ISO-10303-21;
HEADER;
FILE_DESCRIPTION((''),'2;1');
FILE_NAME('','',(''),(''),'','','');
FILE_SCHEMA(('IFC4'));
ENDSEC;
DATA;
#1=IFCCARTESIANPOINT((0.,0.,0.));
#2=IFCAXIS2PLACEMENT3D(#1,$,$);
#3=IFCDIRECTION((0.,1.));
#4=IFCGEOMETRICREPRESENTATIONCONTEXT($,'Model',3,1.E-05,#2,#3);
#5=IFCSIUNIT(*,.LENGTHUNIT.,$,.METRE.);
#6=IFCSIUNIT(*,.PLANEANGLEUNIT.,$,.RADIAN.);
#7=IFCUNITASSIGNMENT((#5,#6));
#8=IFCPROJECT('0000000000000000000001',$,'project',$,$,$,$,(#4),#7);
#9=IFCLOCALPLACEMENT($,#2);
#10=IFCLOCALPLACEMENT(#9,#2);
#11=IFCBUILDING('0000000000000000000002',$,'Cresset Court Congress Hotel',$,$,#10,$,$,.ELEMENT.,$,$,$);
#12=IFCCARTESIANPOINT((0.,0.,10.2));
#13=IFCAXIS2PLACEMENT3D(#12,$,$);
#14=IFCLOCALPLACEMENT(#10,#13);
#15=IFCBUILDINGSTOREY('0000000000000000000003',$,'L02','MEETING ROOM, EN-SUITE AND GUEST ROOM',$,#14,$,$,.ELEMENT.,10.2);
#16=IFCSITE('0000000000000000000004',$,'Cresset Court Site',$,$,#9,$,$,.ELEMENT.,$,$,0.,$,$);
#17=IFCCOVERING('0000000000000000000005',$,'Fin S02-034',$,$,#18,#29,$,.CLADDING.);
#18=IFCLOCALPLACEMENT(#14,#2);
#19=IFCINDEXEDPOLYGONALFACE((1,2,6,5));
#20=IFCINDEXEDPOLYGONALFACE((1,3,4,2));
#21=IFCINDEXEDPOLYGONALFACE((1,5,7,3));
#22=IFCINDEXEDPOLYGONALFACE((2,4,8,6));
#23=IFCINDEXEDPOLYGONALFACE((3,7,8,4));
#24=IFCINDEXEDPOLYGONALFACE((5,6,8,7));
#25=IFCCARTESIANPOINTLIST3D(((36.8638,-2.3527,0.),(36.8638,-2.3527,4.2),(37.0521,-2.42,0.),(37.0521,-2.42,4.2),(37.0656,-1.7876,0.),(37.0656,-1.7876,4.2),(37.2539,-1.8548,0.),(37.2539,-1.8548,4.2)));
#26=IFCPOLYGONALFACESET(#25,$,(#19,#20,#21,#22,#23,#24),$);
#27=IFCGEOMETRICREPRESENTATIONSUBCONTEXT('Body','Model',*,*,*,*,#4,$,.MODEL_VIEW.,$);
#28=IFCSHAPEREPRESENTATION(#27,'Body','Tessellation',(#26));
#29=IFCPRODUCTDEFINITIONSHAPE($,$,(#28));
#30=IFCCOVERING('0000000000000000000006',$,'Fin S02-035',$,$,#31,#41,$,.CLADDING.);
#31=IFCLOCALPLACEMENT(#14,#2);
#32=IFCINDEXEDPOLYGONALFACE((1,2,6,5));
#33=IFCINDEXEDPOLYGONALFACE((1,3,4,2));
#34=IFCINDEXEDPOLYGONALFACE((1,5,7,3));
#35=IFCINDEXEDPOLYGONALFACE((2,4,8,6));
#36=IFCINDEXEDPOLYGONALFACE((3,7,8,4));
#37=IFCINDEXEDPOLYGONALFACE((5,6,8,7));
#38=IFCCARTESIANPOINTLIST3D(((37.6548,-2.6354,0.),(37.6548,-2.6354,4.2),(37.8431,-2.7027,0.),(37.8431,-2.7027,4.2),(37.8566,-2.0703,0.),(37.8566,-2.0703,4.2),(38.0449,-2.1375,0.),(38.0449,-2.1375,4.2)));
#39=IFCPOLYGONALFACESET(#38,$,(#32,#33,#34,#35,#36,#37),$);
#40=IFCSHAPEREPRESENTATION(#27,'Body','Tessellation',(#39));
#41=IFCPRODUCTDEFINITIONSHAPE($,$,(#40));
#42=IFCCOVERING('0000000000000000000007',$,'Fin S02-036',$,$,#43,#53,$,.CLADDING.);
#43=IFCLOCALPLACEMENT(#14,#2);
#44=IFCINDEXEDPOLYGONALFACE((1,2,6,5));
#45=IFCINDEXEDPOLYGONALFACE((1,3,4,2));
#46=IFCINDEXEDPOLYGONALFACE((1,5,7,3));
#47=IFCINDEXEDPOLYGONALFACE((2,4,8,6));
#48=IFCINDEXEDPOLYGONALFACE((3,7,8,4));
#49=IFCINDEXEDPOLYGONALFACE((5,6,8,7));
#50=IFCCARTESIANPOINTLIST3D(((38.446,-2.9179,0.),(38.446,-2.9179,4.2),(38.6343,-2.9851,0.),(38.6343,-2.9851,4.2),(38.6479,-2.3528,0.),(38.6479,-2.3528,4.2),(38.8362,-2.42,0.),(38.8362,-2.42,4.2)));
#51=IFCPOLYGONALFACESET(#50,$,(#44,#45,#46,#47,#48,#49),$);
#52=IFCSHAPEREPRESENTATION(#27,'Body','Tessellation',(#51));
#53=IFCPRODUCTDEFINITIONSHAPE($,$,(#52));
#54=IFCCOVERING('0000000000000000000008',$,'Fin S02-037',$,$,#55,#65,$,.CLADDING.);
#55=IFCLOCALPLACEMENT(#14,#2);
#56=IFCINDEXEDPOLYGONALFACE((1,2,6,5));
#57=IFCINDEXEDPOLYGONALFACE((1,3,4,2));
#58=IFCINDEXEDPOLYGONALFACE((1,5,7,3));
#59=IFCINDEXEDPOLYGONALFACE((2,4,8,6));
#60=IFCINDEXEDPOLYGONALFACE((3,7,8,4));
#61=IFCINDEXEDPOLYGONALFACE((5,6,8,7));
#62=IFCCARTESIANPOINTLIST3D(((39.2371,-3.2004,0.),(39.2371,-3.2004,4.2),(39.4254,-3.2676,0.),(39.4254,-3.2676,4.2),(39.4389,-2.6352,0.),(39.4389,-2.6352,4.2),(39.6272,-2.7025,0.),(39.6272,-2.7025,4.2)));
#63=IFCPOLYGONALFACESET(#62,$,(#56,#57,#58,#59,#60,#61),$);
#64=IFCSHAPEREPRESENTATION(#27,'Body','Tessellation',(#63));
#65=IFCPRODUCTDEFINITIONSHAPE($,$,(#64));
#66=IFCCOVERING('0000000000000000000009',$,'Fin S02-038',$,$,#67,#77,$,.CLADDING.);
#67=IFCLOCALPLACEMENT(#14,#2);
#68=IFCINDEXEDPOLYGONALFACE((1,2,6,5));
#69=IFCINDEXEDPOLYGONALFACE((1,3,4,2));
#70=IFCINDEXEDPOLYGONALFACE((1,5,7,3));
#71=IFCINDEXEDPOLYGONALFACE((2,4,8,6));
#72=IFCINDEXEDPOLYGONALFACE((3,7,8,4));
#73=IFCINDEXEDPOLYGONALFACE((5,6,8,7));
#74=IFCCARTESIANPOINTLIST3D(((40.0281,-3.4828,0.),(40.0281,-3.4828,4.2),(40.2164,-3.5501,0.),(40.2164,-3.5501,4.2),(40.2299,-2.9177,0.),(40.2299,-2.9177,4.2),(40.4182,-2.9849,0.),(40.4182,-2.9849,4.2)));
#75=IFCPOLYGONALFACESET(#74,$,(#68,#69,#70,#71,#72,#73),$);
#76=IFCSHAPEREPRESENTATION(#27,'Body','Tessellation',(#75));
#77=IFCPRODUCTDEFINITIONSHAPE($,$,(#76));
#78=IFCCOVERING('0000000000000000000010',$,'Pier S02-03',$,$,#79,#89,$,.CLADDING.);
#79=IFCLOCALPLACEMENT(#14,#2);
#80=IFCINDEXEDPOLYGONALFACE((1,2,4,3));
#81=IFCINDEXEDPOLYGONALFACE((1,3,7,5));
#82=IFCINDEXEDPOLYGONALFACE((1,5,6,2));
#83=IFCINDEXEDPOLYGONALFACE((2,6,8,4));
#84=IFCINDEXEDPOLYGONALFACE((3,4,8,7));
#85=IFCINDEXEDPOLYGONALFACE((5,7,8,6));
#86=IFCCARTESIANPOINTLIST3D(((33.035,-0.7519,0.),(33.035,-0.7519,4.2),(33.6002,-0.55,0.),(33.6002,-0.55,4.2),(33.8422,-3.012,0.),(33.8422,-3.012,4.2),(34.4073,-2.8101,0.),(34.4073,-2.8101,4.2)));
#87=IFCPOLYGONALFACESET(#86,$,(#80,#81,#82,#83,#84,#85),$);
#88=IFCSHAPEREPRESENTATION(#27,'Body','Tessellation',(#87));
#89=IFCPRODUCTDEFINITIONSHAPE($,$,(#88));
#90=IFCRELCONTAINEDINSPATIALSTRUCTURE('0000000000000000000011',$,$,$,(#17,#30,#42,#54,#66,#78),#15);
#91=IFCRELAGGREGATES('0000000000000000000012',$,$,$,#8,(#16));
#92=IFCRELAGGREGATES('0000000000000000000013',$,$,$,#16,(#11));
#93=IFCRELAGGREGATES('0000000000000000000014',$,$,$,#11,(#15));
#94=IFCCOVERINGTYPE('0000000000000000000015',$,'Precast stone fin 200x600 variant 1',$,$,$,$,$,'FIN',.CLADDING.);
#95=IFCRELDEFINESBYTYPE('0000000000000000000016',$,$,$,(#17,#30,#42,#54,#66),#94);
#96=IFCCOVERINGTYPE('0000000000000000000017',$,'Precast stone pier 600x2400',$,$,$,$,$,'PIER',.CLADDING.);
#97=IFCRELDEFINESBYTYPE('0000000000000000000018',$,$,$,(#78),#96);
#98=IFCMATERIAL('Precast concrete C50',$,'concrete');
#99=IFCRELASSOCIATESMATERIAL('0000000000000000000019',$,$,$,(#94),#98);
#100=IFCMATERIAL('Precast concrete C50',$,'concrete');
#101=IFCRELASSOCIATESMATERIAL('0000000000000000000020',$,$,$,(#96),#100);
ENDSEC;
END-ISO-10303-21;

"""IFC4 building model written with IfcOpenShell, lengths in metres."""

from ifc_helpers import new_model, si_unit, direction, frame, origin, origin_2d, place, context, subcontext, project, spatial, rectangle, extrude, material, type_object, element, save


model = new_model("IFC4")

# Units and contexts
model_context = context("Model", 3, precision=1e-05, world=origin(), true_north=direction((0.0, 1.0)))
body_context = subcontext(model_context, "Body", "Model", "MODEL_VIEW")
ifc_project = project(units=[si_unit("LENGTHUNIT", "METRE"), si_unit("PLANEANGLEUNIT", "RADIAN")], contexts=[model_context])

# Site, building, storey
site_placement = place(None, origin())
site = spatial("IfcSite", under=ifc_project, at=site_placement, Name="Cresset Court Site", CompositionType="ELEMENT", RefElevation=0.0)
building_placement = place(site_placement, origin())
building = spatial("IfcBuilding", under=site, at=building_placement, Name="Cresset Court Congress Hotel", CompositionType="ELEMENT")
storey_placement = place(building_placement, frame((0.0, 0.0, 10.2)))
storey = spatial("IfcBuildingStorey", under=building, at=storey_placement, Name="L02", Description="MEETING ROOM, EN-SUITE AND GUEST ROOM", CompositionType="ELEMENT", Elevation=10.2)

# Coverings
ifc_material_1 = material(Name="Precast concrete C50", Category="concrete")
covering_type_1 = type_object("IfcCoveringType", Name="Precast stone fin 200x600 variant 1", ElementType="FIN", PredefinedType="CLADDING", material=ifc_material_1)
for number, where, z_axis, x_axis, name in (
    (1, (37.0588, -2.1038, 0.0), (0.0, 0.0, 1.0), (0.941742, -0.336336, 0.0), "Fin S02-034"),
    (2, (37.8499, -2.3865, 0.0), (0.0, 0.0, 1.0), (0.941742, -0.336336, 0.0), "Fin S02-035"),
    (3, (38.6411, -2.6689, 0.0), (0.0, 0.0, 1.0), (0.941742, -0.336336, 0.0), "Fin S02-036"),
    (4, (39.4321, -2.9514, 0.0), (0.0, 0.0, 1.0), (0.941742, -0.336336, 0.0), "Fin S02-037"),
    (5, (40.2231, -3.2339, 0.0), (0.0, 0.0, 1.0), (0.941742, -0.336336, 0.0), "Fin S02-038"),
):
    element("IfcCovering", number, at=place(storey_placement, frame(where, z_axis=z_axis, x_axis=x_axis)), inside=storey, type_object=covering_type_1, Name=name, PredefinedType="CLADDING", context=body_context, shape_type="SweptSolid", body=[
        extrude(rectangle(XDim=0.2, YDim=0.6001, at=origin_2d()), origin(), (0.0, 0.0, 1.0), 4.2),
    ])
ifc_material_2 = material(Name="Precast concrete C50", Category="concrete")
covering_type_2 = type_object("IfcCoveringType", Name="Precast stone pier 600x2400", ElementType="PIER", PredefinedType="CLADDING", material=ifc_material_2)
covering_placement = place(storey_placement, frame((33.7212, -1.781, 0.0), z_axis=(0.0, 0.0, 1.0), x_axis=(0.941742, 0.336336, 0.0)))
element("IfcCovering", 6, at=covering_placement, inside=storey, type_object=covering_type_2, Name="Pier S02-03", PredefinedType="CLADDING", context=body_context, shape_type="SweptSolid", body=[
    extrude(rectangle(XDim=0.6001, YDim=2.3999, at=origin_2d()), origin(), (0.0, 0.0, 1.0), 4.2),
])

save(model, "model.ifc")
